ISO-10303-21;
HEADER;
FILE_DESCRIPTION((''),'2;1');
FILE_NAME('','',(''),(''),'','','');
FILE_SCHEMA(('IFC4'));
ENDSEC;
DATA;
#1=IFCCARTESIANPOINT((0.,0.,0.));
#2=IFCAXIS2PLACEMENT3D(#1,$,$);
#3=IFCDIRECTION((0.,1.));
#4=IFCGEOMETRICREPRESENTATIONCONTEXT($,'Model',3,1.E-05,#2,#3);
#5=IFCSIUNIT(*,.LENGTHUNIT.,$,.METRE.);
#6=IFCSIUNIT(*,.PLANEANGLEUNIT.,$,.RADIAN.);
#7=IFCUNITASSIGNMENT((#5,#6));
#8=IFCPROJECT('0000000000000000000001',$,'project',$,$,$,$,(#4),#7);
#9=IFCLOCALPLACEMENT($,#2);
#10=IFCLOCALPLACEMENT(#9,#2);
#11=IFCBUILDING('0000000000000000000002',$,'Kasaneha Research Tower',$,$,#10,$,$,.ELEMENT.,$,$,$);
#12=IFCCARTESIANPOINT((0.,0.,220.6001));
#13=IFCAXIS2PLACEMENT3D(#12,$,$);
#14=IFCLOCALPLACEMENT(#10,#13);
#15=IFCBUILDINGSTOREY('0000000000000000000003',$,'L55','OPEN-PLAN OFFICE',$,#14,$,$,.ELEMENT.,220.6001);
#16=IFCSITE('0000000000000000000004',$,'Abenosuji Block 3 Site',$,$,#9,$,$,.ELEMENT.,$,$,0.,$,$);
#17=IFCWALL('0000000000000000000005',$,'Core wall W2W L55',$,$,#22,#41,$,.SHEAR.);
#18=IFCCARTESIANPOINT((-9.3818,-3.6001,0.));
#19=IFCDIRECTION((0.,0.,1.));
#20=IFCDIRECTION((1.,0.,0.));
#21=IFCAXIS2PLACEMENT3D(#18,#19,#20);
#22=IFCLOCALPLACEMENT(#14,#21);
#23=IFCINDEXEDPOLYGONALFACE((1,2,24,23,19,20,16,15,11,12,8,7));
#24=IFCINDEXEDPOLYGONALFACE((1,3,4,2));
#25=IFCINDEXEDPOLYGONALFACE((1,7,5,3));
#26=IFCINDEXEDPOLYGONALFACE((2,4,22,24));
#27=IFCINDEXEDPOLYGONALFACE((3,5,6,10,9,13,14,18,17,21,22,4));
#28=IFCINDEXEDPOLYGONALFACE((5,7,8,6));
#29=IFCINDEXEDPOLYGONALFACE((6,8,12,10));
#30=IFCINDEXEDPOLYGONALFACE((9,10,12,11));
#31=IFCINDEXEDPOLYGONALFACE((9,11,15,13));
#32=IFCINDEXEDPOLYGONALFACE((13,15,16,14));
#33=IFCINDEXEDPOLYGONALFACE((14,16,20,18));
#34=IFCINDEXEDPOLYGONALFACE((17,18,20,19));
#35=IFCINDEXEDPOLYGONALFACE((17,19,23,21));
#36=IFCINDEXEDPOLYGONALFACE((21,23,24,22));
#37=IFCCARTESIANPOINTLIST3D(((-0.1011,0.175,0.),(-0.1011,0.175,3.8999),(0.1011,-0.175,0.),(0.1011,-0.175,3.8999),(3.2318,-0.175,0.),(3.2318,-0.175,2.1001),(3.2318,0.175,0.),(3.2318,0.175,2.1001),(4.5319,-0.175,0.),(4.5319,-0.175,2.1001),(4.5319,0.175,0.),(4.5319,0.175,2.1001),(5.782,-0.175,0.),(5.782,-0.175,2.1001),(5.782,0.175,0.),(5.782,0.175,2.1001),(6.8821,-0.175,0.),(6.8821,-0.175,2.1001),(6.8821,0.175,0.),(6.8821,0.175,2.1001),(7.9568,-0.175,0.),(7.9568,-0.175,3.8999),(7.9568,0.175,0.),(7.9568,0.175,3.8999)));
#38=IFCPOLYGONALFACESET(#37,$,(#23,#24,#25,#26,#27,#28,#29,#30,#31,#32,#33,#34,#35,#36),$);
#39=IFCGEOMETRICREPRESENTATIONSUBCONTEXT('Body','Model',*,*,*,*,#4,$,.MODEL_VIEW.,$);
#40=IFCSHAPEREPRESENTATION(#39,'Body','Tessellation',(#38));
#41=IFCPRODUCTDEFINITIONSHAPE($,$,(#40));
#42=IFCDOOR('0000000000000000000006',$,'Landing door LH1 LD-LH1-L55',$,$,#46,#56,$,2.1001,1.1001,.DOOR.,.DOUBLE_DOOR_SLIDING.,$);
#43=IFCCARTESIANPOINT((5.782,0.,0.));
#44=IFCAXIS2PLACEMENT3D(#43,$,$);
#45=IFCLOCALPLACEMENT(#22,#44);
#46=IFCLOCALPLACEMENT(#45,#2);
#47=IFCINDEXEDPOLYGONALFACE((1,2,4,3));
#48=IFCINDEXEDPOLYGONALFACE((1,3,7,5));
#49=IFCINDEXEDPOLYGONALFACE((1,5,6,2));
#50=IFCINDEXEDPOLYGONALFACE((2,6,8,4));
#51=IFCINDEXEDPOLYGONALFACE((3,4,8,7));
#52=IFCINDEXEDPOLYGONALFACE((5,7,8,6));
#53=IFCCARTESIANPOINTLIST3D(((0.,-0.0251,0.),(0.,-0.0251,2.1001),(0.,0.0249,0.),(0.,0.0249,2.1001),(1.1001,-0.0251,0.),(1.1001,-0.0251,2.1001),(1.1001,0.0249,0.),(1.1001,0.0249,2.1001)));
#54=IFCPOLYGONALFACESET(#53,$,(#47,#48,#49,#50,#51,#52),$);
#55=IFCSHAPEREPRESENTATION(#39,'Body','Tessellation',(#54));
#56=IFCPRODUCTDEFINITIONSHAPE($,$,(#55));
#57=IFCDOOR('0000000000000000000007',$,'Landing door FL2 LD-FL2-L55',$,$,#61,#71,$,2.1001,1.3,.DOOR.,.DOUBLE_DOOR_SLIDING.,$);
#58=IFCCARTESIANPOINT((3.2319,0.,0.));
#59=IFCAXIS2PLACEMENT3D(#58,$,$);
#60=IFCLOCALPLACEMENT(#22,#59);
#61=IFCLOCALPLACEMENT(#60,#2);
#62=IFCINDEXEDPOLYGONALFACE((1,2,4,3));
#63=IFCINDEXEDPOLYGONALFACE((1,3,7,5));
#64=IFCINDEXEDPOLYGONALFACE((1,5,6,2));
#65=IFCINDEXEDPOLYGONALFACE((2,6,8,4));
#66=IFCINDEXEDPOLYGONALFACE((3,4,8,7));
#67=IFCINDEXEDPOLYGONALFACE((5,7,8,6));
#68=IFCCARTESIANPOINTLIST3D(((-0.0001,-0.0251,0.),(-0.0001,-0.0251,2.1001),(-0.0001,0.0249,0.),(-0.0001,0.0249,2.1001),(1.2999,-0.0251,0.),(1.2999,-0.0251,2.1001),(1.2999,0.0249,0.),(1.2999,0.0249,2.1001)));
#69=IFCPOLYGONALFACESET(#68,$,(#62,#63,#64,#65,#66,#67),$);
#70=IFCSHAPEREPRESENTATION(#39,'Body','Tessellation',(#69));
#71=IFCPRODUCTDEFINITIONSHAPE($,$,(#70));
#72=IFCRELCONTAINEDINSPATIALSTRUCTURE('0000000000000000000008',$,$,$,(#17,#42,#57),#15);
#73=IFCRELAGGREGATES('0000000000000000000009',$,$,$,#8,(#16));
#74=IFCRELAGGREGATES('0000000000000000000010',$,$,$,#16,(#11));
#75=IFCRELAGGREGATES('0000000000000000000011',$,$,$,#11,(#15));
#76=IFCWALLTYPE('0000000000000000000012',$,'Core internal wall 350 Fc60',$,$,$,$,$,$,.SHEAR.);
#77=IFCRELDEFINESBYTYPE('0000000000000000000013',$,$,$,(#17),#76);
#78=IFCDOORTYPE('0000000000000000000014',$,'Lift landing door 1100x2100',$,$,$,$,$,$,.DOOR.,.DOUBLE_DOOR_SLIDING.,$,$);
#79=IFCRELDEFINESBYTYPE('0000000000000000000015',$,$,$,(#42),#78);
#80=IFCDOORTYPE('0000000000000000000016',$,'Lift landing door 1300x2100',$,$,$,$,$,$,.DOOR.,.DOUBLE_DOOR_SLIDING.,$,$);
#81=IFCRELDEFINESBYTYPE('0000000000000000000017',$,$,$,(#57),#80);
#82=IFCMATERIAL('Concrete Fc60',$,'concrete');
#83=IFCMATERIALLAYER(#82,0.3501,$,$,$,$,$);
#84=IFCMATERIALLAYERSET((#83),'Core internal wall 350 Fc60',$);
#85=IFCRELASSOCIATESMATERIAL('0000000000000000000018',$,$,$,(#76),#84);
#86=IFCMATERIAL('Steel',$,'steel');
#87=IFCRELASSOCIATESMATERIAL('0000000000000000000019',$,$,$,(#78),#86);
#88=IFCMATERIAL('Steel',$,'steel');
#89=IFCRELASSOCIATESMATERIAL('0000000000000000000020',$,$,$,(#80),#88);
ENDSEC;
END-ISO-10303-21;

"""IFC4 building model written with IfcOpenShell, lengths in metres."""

from ifc_helpers import new_model, si_unit, direction, frame, frame_2d, origin, place, context, subcontext, project, spatial, polyline, rectangle, outline, extrude, material, layer, layer_set, type_object, element, fill, save


model = new_model("IFC4")

# Units and contexts
model_context = context("Model", 3, precision=1e-05, world=origin(), true_north=direction((0.0, 1.0)))
body_context = subcontext(model_context, "Body", "Model", "MODEL_VIEW")
ifc_project = project(units=[si_unit("LENGTHUNIT", "METRE"), si_unit("PLANEANGLEUNIT", "RADIAN")], contexts=[model_context])

# Site, building, storey
site_placement = place(None, origin())
site = spatial("IfcSite", under=ifc_project, at=site_placement, Name="Abenosuji Block 3 Site", CompositionType="ELEMENT", RefElevation=0.0)
building_placement = place(site_placement, origin())
building = spatial("IfcBuilding", under=site, at=building_placement, Name="Kasaneha Research Tower", CompositionType="ELEMENT")
storey_placement = place(building_placement, frame((0.0, 0.0, 220.6001)))
storey = spatial("IfcBuildingStorey", under=building, at=storey_placement, Name="L55", Description="OPEN-PLAN OFFICE", CompositionType="ELEMENT", Elevation=220.6001)

# Wall, openings, doors
ifc_material_1 = material(Name="Concrete Fc60", Category="concrete")
ifc_layer_1 = layer(ifc_material_1, 0.3501)
ifc_layer_set_1 = layer_set([ifc_layer_1], Name="Core internal wall 350 Fc60")
wall_type_1 = type_object("IfcWallType", Name="Core internal wall 350 Fc60", PredefinedType="SHEAR", material=ifc_layer_set_1)
wall_1_placement = place(storey_placement, frame((-9.3818, -3.6001, 0.0), z_axis=(0.0, 0.0, 1.0), x_axis=(1.0, 0.0, 0.0)))
wall_1 = element("IfcWall", 1, at=wall_1_placement, inside=storey, type_object=wall_type_1, Name="Core wall W2W L55", PredefinedType="SHEAR", context=body_context, shape_type="SweptSolid", body=[
    extrude(outline(polyline([(0.1011, -0.175), (3.2319, -0.175), (4.532, -0.175), (5.782, -0.175), (6.8821, -0.175), (7.9568, -0.175), (7.9568, 0.175), (6.8821, 0.175), (5.782, 0.175), (4.532, 0.175), (3.2319, 0.175), (-0.1011, 0.175), (0.1011, -0.175)])), origin(), (0.0, 0.0, 1.0), 3.8999),
])
opening_1_placement = place(wall_1_placement, frame((5.782, 0.0, 0.0)))
opening_1 = element("IfcOpeningElement", 2, at=opening_1_placement, cuts=wall_1, PredefinedType="OPENING", context=body_context, shape_type="SweptSolid", body=[
    extrude(rectangle(XDim=1.1001, YDim=2.1001, at=frame_2d((0.55, 1.05))), frame((0.0, 0.1851, 0.0), z_axis=(0.0, -1.0, 0.0), x_axis=(1.0, 0.0, 0.0)), (0.0, 0.0, 1.0), 0.3701),
])
opening_2_placement = place(wall_1_placement, frame((3.2319, 0.0, 0.0)))
opening_2 = element("IfcOpeningElement", 3, at=opening_2_placement, cuts=wall_1, PredefinedType="OPENING", context=body_context, shape_type="SweptSolid", body=[
    extrude(rectangle(XDim=1.3, YDim=2.1001, at=frame_2d((0.6499, 1.05))), frame((0.0, 0.1851, 0.0), z_axis=(0.0, -1.0, 0.0), x_axis=(1.0, 0.0, 0.0)), (0.0, 0.0, 1.0), 0.3701),
])
ifc_material_2 = material(Name="Steel", Category="steel")
door_type_1 = type_object("IfcDoorType", Name="Lift landing door 1100x2100", OperationType="DOUBLE_DOOR_SLIDING", PredefinedType="DOOR", material=ifc_material_2)
door_1_placement = place(opening_1_placement, origin())
door_1 = element("IfcDoor", 4, at=door_1_placement, inside=storey, type_object=door_type_1, Name="Landing door LH1 LD-LH1-L55", OperationType="DOUBLE_DOOR_SLIDING", OverallHeight=2.1001, OverallWidth=1.1001, PredefinedType="DOOR", context=body_context, shape_type="SweptSolid", body=[
    extrude(rectangle(XDim=1.1001, YDim=2.1001, at=frame_2d((0.55, 1.05))), frame((0.0, 0.0249, 0.0), z_axis=(0.0, -1.0, 0.0), x_axis=(1.0, 0.0, 0.0)), (0.0, 0.0, 1.0), 0.05),
])
fill(opening_1, door_1)
ifc_material_3 = material(Name="Steel", Category="steel")
door_type_2 = type_object("IfcDoorType", Name="Lift landing door 1300x2100", OperationType="DOUBLE_DOOR_SLIDING", PredefinedType="DOOR", material=ifc_material_3)
door_2_placement = place(opening_2_placement, origin())
door_2 = element("IfcDoor", 5, at=door_2_placement, inside=storey, type_object=door_type_2, Name="Landing door FL2 LD-FL2-L55", OperationType="DOUBLE_DOOR_SLIDING", OverallHeight=2.1001, OverallWidth=1.3, PredefinedType="DOOR", context=body_context, shape_type="SweptSolid", body=[
    extrude(rectangle(XDim=1.3, YDim=2.1001, at=frame_2d((0.6499, 1.05))), frame((0.0, 0.0249, 0.0), z_axis=(0.0, -1.0, 0.0), x_axis=(1.0, 0.0, 0.0)), (0.0, 0.0, 1.0), 0.05),
])
fill(opening_2, door_2)

save(model, "model.ifc")
